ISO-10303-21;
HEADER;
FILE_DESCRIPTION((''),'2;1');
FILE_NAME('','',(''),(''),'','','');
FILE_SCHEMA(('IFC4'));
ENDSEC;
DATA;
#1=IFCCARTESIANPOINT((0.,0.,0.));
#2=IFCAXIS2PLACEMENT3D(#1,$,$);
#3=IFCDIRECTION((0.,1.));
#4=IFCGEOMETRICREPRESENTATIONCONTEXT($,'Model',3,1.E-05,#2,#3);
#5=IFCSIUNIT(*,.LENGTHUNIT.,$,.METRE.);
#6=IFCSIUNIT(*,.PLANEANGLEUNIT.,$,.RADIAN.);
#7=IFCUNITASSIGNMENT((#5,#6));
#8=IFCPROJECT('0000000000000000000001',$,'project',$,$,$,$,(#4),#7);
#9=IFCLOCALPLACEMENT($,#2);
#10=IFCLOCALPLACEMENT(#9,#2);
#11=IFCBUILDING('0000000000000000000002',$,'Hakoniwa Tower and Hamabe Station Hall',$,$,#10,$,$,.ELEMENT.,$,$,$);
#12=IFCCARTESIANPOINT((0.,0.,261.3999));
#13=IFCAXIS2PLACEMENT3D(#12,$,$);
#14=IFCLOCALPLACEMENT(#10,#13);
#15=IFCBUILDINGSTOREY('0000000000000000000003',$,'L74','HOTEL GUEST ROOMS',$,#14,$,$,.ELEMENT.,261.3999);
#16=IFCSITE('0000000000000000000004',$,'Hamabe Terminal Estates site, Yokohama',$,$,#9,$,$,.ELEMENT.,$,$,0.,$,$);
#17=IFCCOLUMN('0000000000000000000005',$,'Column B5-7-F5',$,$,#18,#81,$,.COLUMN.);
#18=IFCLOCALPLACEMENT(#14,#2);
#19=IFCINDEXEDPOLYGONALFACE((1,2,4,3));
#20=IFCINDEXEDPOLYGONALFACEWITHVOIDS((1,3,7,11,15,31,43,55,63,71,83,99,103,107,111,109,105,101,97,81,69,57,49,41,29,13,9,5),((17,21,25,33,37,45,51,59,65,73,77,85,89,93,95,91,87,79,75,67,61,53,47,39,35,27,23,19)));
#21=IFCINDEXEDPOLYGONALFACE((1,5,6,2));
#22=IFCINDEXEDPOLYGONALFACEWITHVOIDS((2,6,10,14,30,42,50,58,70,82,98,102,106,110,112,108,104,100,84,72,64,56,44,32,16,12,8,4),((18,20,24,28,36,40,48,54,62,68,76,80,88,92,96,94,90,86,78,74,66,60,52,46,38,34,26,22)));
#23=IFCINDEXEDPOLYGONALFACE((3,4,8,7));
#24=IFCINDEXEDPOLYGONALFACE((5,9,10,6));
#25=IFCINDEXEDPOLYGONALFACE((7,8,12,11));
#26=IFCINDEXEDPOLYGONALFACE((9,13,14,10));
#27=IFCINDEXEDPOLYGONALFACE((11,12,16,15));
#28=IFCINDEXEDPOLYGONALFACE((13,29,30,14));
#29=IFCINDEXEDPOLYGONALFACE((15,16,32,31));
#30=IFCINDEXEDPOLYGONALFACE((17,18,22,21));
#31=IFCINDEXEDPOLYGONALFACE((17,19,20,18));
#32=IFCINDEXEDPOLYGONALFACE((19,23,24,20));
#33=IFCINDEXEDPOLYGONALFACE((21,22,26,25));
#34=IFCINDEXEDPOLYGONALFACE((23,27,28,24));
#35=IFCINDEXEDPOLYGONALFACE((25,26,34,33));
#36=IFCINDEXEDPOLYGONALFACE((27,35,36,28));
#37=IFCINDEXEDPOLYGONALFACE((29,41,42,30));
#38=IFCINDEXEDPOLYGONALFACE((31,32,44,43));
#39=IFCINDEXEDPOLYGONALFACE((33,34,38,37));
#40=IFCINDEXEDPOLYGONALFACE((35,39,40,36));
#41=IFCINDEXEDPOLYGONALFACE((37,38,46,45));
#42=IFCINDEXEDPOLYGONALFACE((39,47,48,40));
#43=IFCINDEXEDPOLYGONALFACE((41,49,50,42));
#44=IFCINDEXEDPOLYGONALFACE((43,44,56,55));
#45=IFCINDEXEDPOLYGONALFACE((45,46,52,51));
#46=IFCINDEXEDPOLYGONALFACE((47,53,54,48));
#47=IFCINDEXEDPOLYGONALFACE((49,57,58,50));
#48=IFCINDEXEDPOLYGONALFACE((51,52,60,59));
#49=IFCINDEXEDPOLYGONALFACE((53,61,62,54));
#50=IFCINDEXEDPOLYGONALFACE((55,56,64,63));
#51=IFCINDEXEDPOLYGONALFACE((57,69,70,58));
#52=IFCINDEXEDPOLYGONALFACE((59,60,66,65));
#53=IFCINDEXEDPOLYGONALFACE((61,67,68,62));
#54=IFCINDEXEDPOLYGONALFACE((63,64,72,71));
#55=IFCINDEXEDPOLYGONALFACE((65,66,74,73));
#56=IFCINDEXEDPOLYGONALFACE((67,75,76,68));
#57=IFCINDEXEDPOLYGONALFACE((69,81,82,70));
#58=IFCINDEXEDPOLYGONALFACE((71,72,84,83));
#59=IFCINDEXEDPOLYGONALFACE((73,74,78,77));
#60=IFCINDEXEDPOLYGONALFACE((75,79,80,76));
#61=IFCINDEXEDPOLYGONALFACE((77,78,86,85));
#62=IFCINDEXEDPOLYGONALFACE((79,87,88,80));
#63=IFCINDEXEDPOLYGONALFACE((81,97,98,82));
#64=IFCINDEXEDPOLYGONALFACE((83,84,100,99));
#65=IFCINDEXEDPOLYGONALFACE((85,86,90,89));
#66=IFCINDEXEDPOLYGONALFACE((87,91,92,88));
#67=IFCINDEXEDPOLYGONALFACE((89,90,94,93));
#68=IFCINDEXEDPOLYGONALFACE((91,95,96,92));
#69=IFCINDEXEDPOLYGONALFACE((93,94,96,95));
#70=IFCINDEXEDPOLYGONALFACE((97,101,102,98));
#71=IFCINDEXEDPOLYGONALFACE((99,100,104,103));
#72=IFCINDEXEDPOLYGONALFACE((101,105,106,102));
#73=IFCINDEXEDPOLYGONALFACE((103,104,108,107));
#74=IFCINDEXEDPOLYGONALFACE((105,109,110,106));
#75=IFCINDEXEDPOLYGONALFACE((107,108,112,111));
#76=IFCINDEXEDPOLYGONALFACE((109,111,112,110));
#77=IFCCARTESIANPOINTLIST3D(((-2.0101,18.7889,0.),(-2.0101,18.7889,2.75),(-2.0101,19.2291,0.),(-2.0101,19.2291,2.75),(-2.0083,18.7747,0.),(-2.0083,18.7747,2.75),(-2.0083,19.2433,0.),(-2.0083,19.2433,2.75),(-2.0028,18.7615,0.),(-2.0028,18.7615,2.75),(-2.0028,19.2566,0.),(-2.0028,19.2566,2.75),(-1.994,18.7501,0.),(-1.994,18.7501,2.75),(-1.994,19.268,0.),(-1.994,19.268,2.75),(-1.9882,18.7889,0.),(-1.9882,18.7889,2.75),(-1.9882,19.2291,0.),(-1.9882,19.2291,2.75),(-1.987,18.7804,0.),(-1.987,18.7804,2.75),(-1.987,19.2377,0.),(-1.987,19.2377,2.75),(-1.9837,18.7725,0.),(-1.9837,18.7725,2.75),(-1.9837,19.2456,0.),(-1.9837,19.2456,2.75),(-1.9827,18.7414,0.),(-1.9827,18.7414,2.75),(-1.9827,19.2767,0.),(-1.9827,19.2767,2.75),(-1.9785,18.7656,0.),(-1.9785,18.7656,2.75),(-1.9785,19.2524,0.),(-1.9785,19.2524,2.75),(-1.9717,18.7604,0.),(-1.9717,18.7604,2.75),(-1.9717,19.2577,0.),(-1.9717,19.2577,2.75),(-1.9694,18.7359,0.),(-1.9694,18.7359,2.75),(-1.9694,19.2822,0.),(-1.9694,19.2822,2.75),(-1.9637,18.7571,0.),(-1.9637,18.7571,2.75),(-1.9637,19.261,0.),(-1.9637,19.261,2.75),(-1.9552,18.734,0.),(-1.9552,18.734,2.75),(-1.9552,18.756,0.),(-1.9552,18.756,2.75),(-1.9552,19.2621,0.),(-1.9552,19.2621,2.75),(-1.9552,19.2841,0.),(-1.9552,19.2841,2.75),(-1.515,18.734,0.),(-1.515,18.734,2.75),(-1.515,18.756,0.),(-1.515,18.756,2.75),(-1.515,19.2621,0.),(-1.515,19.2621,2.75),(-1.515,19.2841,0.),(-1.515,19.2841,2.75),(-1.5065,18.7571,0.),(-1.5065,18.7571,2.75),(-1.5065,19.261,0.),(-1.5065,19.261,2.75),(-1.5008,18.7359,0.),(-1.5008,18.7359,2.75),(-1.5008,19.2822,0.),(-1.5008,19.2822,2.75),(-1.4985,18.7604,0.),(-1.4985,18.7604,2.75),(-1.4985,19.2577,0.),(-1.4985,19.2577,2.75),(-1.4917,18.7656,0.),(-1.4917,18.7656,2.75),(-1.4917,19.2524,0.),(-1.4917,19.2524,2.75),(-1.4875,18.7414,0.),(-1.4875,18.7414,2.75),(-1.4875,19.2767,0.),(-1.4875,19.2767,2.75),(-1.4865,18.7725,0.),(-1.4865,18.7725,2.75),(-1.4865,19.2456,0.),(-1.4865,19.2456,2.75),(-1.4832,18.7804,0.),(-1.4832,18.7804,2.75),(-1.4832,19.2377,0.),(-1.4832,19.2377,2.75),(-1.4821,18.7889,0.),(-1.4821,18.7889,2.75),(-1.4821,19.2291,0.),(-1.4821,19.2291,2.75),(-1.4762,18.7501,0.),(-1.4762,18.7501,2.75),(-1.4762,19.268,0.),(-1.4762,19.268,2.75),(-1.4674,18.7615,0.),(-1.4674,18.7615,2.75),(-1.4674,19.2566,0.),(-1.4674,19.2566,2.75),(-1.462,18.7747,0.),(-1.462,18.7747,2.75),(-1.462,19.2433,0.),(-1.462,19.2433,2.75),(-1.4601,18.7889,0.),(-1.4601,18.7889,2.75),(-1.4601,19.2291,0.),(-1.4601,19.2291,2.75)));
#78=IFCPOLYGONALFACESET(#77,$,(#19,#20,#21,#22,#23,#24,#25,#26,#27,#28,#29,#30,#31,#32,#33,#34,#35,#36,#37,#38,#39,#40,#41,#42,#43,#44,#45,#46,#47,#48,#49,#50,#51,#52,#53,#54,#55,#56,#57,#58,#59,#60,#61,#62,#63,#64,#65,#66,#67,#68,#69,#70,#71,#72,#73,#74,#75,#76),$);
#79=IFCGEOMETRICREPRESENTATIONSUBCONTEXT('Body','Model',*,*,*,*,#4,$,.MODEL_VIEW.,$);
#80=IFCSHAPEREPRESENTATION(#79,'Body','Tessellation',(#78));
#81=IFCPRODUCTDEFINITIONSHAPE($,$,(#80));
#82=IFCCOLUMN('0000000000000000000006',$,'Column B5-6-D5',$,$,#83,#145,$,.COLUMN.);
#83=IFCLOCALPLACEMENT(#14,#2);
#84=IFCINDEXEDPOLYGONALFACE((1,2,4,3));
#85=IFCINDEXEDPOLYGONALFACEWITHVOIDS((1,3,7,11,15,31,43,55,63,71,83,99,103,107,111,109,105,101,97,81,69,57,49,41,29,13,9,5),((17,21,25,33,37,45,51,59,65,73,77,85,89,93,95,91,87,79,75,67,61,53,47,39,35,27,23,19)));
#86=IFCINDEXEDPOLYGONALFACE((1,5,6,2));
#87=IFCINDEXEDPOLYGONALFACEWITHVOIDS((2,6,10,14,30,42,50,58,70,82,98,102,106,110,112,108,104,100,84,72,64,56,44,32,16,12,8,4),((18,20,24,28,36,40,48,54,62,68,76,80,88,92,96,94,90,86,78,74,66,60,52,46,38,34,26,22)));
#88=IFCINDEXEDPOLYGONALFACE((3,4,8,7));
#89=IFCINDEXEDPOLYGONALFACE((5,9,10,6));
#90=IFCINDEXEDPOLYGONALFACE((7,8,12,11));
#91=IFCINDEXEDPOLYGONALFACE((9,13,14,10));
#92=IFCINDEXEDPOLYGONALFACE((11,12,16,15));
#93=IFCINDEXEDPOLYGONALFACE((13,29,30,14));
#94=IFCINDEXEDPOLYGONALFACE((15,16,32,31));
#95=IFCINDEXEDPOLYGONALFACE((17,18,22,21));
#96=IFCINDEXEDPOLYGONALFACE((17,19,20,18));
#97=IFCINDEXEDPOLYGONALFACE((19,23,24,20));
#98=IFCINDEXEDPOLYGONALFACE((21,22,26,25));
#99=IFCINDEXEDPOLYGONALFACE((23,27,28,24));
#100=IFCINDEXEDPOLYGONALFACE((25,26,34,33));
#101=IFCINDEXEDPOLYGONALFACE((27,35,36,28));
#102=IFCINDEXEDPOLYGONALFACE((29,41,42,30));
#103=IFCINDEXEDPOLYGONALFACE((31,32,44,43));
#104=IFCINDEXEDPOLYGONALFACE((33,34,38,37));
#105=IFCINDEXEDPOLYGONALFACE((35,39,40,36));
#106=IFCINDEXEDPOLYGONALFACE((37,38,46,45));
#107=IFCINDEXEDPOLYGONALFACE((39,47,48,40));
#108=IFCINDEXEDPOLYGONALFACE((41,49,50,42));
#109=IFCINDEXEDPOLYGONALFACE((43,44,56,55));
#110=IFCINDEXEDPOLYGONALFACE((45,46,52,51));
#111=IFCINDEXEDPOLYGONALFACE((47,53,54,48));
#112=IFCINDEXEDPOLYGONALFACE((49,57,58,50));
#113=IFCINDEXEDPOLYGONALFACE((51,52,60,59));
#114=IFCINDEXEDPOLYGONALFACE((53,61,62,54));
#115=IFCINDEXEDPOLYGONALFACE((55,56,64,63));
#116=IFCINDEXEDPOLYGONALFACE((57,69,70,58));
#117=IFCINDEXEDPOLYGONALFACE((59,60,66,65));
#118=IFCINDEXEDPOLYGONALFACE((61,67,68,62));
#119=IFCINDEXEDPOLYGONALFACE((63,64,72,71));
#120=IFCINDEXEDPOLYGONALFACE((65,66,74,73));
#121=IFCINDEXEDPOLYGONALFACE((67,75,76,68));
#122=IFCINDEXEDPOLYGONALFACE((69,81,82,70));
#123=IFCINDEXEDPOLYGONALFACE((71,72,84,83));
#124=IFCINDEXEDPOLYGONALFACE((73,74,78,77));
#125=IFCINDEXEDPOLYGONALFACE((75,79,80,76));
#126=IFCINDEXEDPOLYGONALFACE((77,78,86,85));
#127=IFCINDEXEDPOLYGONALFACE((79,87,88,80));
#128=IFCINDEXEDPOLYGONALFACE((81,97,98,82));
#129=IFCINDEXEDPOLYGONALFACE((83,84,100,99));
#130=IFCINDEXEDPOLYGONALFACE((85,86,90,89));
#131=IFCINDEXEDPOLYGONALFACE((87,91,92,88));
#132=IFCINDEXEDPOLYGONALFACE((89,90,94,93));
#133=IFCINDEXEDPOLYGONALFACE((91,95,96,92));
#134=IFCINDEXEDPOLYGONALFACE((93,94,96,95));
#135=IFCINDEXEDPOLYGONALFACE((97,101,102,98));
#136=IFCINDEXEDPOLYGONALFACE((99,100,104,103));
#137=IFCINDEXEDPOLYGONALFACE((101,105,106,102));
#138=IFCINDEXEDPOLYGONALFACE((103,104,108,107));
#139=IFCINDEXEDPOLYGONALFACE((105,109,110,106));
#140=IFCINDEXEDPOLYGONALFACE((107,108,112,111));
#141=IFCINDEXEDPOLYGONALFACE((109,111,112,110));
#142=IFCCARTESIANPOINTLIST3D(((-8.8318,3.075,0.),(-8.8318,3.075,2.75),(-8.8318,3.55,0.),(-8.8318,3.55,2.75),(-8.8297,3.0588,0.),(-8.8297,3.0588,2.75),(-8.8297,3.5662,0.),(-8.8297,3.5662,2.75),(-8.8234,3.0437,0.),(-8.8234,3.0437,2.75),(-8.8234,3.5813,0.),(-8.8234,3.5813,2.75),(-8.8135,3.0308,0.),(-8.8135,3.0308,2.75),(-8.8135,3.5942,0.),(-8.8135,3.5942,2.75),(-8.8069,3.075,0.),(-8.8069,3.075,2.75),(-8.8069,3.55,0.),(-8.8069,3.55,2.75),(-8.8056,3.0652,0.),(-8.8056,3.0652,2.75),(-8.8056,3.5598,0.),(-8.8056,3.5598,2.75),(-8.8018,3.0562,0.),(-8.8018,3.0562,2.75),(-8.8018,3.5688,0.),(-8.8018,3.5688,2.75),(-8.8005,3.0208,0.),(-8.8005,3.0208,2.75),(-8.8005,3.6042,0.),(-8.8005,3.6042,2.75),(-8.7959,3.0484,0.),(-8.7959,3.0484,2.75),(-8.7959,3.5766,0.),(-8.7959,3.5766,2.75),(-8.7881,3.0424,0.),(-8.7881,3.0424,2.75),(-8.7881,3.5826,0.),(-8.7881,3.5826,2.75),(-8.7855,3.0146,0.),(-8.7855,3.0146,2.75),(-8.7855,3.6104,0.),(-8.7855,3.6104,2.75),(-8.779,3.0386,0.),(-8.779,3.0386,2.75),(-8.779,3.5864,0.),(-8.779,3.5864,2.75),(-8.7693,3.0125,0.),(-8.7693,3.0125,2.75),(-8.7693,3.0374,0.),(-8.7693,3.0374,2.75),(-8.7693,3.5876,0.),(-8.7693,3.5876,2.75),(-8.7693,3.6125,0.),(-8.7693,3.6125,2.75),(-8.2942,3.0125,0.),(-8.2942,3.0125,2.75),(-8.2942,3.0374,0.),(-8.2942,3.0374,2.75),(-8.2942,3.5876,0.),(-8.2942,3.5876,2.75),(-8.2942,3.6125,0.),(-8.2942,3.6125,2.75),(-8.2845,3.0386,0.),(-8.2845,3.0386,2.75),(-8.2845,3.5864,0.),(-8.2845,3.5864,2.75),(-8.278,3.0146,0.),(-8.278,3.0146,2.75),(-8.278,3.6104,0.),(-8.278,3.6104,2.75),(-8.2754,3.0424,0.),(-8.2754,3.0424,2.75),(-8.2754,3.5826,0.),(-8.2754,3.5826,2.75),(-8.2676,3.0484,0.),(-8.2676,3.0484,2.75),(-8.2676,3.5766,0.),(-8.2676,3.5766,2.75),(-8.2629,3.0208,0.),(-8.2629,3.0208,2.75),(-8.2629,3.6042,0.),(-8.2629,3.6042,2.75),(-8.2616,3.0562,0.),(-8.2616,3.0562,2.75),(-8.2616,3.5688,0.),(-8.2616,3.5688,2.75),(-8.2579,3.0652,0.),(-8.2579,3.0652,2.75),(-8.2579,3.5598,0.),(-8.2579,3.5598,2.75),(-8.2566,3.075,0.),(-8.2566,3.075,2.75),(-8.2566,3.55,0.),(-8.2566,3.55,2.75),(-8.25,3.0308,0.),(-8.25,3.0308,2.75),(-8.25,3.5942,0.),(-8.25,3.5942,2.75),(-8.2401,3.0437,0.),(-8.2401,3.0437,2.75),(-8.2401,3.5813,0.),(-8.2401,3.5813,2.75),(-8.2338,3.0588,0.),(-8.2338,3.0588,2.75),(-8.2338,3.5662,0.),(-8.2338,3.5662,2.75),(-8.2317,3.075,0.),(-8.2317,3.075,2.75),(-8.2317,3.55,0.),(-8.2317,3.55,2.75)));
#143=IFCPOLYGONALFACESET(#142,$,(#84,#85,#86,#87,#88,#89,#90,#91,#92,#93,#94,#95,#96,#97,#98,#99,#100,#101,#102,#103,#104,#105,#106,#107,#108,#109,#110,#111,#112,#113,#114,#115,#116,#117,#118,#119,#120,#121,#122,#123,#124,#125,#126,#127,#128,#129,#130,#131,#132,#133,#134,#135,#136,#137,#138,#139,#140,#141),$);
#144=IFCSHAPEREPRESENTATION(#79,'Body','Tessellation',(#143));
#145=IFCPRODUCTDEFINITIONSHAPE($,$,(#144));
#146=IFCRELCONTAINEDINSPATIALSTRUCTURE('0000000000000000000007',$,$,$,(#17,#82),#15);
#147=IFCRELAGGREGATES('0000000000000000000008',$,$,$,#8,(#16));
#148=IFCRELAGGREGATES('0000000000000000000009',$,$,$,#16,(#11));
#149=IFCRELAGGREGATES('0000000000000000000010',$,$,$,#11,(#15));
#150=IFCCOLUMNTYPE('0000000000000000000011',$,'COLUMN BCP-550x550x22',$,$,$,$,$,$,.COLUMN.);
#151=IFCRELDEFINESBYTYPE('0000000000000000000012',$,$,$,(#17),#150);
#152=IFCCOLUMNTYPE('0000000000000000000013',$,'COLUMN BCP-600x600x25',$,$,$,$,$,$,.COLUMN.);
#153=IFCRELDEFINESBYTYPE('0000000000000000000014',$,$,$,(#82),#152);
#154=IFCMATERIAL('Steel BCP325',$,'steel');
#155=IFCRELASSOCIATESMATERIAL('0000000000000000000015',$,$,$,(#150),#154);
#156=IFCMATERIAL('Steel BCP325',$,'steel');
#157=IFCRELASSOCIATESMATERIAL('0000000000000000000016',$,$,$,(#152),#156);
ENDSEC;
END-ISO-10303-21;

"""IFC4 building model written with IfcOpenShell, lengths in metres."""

from ifc_helpers import new_model, si_unit, direction, frame, origin, origin_2d, place, context, subcontext, project, spatial, hollow_rectangle, extrude, material, material_profile, profile_set, type_object, element, save


model = new_model("IFC4")

# Units and contexts
model_context = context("Model", 3, precision=1e-05, world=origin(), true_north=direction((0.0, 1.0)))
body_context = subcontext(model_context, "Body", "Model", "MODEL_VIEW")
ifc_project = project(units=[si_unit("LENGTHUNIT", "METRE"), si_unit("PLANEANGLEUNIT", "RADIAN")], contexts=[model_context])

# Site, building, storey
site_placement = place(None, origin())
site = spatial("IfcSite", under=ifc_project, at=site_placement, Name="Hamabe Terminal Estates site, Yokohama", CompositionType="ELEMENT", RefElevation=0.0)
building_placement = place(site_placement, origin())
building = spatial("IfcBuilding", under=site, at=building_placement, Name="Hakoniwa Tower and Hamabe Station Hall", CompositionType="ELEMENT")
storey_placement = place(building_placement, frame((0.0, 0.0, 261.3999)))
storey = spatial("IfcBuildingStorey", under=building, at=storey_placement, Name="L74", Description="HOTEL GUEST ROOMS", CompositionType="ELEMENT", Elevation=261.3999)

# Columns
ifc_material_1 = material(Name="Steel BCP325", Category="steel")
ifc_material_profile_1 = material_profile(ifc_material_1, hollow_rectangle(XDim=0.55, YDim=0.55, WallThickness=0.022, InnerFilletRadius=0.033, OuterFilletRadius=0.0549, at=origin_2d()), Name="BCP-550x550x22")
ifc_profile_set_1 = profile_set([ifc_material_profile_1], Name="Steel BCP325")
column_type_1 = type_object("IfcColumnType", Name="COLUMN BCP-550x550x22", PredefinedType="COLUMN", material=ifc_profile_set_1)
column_placement = place(storey_placement, frame((-1.7351, 19.009, 0.0), z_axis=(0.0, 0.0, 1.0), x_axis=(1.0, 0.0, 0.0)))
element("IfcColumn", 1, at=column_placement, inside=storey, type_object=column_type_1, Name="Column B5-7-F5", PredefinedType="COLUMN", context=body_context, shape_type="SweptSolid", body=[
    extrude(hollow_rectangle(XDim=0.55, YDim=0.55, WallThickness=0.022, InnerFilletRadius=0.033, OuterFilletRadius=0.0549, at=origin_2d()), origin(), (0.0, 0.0, 1.0), 2.75),
])
ifc_material_2 = material(Name="Steel BCP325", Category="steel")
ifc_material_profile_2 = material_profile(ifc_material_2, hollow_rectangle(XDim=0.6001, YDim=0.6001, WallThickness=0.0249, InnerFilletRadius=0.0376, OuterFilletRadius=0.0625, at=origin_2d()), Name="BCP-600x600x25")
ifc_profile_set_2 = profile_set([ifc_material_profile_2], Name="Steel BCP325")
column_type_2 = type_object("IfcColumnType", Name="COLUMN BCP-600x600x25", PredefinedType="COLUMN", material=ifc_profile_set_2)
for number, where, z_axis, x_axis, name in (
    (2, (-8.5317, 3.3125, 0.0), (0.0, 0.0, 1.0), (1.0, 0.0, 0.0), "Column B5-6-D5"),
):
    element("IfcColumn", number, at=place(storey_placement, frame(where, z_axis=z_axis, x_axis=x_axis)), inside=storey, type_object=column_type_2, Name=name, PredefinedType="COLUMN", context=body_context, shape_type="SweptSolid", body=[
        extrude(hollow_rectangle(XDim=0.6001, YDim=0.6001, WallThickness=0.0249, InnerFilletRadius=0.0376, OuterFilletRadius=0.0625, at=origin_2d()), origin(), (0.0, 0.0, 1.0), 2.75),
    ])

save(model, "model.ifc")
